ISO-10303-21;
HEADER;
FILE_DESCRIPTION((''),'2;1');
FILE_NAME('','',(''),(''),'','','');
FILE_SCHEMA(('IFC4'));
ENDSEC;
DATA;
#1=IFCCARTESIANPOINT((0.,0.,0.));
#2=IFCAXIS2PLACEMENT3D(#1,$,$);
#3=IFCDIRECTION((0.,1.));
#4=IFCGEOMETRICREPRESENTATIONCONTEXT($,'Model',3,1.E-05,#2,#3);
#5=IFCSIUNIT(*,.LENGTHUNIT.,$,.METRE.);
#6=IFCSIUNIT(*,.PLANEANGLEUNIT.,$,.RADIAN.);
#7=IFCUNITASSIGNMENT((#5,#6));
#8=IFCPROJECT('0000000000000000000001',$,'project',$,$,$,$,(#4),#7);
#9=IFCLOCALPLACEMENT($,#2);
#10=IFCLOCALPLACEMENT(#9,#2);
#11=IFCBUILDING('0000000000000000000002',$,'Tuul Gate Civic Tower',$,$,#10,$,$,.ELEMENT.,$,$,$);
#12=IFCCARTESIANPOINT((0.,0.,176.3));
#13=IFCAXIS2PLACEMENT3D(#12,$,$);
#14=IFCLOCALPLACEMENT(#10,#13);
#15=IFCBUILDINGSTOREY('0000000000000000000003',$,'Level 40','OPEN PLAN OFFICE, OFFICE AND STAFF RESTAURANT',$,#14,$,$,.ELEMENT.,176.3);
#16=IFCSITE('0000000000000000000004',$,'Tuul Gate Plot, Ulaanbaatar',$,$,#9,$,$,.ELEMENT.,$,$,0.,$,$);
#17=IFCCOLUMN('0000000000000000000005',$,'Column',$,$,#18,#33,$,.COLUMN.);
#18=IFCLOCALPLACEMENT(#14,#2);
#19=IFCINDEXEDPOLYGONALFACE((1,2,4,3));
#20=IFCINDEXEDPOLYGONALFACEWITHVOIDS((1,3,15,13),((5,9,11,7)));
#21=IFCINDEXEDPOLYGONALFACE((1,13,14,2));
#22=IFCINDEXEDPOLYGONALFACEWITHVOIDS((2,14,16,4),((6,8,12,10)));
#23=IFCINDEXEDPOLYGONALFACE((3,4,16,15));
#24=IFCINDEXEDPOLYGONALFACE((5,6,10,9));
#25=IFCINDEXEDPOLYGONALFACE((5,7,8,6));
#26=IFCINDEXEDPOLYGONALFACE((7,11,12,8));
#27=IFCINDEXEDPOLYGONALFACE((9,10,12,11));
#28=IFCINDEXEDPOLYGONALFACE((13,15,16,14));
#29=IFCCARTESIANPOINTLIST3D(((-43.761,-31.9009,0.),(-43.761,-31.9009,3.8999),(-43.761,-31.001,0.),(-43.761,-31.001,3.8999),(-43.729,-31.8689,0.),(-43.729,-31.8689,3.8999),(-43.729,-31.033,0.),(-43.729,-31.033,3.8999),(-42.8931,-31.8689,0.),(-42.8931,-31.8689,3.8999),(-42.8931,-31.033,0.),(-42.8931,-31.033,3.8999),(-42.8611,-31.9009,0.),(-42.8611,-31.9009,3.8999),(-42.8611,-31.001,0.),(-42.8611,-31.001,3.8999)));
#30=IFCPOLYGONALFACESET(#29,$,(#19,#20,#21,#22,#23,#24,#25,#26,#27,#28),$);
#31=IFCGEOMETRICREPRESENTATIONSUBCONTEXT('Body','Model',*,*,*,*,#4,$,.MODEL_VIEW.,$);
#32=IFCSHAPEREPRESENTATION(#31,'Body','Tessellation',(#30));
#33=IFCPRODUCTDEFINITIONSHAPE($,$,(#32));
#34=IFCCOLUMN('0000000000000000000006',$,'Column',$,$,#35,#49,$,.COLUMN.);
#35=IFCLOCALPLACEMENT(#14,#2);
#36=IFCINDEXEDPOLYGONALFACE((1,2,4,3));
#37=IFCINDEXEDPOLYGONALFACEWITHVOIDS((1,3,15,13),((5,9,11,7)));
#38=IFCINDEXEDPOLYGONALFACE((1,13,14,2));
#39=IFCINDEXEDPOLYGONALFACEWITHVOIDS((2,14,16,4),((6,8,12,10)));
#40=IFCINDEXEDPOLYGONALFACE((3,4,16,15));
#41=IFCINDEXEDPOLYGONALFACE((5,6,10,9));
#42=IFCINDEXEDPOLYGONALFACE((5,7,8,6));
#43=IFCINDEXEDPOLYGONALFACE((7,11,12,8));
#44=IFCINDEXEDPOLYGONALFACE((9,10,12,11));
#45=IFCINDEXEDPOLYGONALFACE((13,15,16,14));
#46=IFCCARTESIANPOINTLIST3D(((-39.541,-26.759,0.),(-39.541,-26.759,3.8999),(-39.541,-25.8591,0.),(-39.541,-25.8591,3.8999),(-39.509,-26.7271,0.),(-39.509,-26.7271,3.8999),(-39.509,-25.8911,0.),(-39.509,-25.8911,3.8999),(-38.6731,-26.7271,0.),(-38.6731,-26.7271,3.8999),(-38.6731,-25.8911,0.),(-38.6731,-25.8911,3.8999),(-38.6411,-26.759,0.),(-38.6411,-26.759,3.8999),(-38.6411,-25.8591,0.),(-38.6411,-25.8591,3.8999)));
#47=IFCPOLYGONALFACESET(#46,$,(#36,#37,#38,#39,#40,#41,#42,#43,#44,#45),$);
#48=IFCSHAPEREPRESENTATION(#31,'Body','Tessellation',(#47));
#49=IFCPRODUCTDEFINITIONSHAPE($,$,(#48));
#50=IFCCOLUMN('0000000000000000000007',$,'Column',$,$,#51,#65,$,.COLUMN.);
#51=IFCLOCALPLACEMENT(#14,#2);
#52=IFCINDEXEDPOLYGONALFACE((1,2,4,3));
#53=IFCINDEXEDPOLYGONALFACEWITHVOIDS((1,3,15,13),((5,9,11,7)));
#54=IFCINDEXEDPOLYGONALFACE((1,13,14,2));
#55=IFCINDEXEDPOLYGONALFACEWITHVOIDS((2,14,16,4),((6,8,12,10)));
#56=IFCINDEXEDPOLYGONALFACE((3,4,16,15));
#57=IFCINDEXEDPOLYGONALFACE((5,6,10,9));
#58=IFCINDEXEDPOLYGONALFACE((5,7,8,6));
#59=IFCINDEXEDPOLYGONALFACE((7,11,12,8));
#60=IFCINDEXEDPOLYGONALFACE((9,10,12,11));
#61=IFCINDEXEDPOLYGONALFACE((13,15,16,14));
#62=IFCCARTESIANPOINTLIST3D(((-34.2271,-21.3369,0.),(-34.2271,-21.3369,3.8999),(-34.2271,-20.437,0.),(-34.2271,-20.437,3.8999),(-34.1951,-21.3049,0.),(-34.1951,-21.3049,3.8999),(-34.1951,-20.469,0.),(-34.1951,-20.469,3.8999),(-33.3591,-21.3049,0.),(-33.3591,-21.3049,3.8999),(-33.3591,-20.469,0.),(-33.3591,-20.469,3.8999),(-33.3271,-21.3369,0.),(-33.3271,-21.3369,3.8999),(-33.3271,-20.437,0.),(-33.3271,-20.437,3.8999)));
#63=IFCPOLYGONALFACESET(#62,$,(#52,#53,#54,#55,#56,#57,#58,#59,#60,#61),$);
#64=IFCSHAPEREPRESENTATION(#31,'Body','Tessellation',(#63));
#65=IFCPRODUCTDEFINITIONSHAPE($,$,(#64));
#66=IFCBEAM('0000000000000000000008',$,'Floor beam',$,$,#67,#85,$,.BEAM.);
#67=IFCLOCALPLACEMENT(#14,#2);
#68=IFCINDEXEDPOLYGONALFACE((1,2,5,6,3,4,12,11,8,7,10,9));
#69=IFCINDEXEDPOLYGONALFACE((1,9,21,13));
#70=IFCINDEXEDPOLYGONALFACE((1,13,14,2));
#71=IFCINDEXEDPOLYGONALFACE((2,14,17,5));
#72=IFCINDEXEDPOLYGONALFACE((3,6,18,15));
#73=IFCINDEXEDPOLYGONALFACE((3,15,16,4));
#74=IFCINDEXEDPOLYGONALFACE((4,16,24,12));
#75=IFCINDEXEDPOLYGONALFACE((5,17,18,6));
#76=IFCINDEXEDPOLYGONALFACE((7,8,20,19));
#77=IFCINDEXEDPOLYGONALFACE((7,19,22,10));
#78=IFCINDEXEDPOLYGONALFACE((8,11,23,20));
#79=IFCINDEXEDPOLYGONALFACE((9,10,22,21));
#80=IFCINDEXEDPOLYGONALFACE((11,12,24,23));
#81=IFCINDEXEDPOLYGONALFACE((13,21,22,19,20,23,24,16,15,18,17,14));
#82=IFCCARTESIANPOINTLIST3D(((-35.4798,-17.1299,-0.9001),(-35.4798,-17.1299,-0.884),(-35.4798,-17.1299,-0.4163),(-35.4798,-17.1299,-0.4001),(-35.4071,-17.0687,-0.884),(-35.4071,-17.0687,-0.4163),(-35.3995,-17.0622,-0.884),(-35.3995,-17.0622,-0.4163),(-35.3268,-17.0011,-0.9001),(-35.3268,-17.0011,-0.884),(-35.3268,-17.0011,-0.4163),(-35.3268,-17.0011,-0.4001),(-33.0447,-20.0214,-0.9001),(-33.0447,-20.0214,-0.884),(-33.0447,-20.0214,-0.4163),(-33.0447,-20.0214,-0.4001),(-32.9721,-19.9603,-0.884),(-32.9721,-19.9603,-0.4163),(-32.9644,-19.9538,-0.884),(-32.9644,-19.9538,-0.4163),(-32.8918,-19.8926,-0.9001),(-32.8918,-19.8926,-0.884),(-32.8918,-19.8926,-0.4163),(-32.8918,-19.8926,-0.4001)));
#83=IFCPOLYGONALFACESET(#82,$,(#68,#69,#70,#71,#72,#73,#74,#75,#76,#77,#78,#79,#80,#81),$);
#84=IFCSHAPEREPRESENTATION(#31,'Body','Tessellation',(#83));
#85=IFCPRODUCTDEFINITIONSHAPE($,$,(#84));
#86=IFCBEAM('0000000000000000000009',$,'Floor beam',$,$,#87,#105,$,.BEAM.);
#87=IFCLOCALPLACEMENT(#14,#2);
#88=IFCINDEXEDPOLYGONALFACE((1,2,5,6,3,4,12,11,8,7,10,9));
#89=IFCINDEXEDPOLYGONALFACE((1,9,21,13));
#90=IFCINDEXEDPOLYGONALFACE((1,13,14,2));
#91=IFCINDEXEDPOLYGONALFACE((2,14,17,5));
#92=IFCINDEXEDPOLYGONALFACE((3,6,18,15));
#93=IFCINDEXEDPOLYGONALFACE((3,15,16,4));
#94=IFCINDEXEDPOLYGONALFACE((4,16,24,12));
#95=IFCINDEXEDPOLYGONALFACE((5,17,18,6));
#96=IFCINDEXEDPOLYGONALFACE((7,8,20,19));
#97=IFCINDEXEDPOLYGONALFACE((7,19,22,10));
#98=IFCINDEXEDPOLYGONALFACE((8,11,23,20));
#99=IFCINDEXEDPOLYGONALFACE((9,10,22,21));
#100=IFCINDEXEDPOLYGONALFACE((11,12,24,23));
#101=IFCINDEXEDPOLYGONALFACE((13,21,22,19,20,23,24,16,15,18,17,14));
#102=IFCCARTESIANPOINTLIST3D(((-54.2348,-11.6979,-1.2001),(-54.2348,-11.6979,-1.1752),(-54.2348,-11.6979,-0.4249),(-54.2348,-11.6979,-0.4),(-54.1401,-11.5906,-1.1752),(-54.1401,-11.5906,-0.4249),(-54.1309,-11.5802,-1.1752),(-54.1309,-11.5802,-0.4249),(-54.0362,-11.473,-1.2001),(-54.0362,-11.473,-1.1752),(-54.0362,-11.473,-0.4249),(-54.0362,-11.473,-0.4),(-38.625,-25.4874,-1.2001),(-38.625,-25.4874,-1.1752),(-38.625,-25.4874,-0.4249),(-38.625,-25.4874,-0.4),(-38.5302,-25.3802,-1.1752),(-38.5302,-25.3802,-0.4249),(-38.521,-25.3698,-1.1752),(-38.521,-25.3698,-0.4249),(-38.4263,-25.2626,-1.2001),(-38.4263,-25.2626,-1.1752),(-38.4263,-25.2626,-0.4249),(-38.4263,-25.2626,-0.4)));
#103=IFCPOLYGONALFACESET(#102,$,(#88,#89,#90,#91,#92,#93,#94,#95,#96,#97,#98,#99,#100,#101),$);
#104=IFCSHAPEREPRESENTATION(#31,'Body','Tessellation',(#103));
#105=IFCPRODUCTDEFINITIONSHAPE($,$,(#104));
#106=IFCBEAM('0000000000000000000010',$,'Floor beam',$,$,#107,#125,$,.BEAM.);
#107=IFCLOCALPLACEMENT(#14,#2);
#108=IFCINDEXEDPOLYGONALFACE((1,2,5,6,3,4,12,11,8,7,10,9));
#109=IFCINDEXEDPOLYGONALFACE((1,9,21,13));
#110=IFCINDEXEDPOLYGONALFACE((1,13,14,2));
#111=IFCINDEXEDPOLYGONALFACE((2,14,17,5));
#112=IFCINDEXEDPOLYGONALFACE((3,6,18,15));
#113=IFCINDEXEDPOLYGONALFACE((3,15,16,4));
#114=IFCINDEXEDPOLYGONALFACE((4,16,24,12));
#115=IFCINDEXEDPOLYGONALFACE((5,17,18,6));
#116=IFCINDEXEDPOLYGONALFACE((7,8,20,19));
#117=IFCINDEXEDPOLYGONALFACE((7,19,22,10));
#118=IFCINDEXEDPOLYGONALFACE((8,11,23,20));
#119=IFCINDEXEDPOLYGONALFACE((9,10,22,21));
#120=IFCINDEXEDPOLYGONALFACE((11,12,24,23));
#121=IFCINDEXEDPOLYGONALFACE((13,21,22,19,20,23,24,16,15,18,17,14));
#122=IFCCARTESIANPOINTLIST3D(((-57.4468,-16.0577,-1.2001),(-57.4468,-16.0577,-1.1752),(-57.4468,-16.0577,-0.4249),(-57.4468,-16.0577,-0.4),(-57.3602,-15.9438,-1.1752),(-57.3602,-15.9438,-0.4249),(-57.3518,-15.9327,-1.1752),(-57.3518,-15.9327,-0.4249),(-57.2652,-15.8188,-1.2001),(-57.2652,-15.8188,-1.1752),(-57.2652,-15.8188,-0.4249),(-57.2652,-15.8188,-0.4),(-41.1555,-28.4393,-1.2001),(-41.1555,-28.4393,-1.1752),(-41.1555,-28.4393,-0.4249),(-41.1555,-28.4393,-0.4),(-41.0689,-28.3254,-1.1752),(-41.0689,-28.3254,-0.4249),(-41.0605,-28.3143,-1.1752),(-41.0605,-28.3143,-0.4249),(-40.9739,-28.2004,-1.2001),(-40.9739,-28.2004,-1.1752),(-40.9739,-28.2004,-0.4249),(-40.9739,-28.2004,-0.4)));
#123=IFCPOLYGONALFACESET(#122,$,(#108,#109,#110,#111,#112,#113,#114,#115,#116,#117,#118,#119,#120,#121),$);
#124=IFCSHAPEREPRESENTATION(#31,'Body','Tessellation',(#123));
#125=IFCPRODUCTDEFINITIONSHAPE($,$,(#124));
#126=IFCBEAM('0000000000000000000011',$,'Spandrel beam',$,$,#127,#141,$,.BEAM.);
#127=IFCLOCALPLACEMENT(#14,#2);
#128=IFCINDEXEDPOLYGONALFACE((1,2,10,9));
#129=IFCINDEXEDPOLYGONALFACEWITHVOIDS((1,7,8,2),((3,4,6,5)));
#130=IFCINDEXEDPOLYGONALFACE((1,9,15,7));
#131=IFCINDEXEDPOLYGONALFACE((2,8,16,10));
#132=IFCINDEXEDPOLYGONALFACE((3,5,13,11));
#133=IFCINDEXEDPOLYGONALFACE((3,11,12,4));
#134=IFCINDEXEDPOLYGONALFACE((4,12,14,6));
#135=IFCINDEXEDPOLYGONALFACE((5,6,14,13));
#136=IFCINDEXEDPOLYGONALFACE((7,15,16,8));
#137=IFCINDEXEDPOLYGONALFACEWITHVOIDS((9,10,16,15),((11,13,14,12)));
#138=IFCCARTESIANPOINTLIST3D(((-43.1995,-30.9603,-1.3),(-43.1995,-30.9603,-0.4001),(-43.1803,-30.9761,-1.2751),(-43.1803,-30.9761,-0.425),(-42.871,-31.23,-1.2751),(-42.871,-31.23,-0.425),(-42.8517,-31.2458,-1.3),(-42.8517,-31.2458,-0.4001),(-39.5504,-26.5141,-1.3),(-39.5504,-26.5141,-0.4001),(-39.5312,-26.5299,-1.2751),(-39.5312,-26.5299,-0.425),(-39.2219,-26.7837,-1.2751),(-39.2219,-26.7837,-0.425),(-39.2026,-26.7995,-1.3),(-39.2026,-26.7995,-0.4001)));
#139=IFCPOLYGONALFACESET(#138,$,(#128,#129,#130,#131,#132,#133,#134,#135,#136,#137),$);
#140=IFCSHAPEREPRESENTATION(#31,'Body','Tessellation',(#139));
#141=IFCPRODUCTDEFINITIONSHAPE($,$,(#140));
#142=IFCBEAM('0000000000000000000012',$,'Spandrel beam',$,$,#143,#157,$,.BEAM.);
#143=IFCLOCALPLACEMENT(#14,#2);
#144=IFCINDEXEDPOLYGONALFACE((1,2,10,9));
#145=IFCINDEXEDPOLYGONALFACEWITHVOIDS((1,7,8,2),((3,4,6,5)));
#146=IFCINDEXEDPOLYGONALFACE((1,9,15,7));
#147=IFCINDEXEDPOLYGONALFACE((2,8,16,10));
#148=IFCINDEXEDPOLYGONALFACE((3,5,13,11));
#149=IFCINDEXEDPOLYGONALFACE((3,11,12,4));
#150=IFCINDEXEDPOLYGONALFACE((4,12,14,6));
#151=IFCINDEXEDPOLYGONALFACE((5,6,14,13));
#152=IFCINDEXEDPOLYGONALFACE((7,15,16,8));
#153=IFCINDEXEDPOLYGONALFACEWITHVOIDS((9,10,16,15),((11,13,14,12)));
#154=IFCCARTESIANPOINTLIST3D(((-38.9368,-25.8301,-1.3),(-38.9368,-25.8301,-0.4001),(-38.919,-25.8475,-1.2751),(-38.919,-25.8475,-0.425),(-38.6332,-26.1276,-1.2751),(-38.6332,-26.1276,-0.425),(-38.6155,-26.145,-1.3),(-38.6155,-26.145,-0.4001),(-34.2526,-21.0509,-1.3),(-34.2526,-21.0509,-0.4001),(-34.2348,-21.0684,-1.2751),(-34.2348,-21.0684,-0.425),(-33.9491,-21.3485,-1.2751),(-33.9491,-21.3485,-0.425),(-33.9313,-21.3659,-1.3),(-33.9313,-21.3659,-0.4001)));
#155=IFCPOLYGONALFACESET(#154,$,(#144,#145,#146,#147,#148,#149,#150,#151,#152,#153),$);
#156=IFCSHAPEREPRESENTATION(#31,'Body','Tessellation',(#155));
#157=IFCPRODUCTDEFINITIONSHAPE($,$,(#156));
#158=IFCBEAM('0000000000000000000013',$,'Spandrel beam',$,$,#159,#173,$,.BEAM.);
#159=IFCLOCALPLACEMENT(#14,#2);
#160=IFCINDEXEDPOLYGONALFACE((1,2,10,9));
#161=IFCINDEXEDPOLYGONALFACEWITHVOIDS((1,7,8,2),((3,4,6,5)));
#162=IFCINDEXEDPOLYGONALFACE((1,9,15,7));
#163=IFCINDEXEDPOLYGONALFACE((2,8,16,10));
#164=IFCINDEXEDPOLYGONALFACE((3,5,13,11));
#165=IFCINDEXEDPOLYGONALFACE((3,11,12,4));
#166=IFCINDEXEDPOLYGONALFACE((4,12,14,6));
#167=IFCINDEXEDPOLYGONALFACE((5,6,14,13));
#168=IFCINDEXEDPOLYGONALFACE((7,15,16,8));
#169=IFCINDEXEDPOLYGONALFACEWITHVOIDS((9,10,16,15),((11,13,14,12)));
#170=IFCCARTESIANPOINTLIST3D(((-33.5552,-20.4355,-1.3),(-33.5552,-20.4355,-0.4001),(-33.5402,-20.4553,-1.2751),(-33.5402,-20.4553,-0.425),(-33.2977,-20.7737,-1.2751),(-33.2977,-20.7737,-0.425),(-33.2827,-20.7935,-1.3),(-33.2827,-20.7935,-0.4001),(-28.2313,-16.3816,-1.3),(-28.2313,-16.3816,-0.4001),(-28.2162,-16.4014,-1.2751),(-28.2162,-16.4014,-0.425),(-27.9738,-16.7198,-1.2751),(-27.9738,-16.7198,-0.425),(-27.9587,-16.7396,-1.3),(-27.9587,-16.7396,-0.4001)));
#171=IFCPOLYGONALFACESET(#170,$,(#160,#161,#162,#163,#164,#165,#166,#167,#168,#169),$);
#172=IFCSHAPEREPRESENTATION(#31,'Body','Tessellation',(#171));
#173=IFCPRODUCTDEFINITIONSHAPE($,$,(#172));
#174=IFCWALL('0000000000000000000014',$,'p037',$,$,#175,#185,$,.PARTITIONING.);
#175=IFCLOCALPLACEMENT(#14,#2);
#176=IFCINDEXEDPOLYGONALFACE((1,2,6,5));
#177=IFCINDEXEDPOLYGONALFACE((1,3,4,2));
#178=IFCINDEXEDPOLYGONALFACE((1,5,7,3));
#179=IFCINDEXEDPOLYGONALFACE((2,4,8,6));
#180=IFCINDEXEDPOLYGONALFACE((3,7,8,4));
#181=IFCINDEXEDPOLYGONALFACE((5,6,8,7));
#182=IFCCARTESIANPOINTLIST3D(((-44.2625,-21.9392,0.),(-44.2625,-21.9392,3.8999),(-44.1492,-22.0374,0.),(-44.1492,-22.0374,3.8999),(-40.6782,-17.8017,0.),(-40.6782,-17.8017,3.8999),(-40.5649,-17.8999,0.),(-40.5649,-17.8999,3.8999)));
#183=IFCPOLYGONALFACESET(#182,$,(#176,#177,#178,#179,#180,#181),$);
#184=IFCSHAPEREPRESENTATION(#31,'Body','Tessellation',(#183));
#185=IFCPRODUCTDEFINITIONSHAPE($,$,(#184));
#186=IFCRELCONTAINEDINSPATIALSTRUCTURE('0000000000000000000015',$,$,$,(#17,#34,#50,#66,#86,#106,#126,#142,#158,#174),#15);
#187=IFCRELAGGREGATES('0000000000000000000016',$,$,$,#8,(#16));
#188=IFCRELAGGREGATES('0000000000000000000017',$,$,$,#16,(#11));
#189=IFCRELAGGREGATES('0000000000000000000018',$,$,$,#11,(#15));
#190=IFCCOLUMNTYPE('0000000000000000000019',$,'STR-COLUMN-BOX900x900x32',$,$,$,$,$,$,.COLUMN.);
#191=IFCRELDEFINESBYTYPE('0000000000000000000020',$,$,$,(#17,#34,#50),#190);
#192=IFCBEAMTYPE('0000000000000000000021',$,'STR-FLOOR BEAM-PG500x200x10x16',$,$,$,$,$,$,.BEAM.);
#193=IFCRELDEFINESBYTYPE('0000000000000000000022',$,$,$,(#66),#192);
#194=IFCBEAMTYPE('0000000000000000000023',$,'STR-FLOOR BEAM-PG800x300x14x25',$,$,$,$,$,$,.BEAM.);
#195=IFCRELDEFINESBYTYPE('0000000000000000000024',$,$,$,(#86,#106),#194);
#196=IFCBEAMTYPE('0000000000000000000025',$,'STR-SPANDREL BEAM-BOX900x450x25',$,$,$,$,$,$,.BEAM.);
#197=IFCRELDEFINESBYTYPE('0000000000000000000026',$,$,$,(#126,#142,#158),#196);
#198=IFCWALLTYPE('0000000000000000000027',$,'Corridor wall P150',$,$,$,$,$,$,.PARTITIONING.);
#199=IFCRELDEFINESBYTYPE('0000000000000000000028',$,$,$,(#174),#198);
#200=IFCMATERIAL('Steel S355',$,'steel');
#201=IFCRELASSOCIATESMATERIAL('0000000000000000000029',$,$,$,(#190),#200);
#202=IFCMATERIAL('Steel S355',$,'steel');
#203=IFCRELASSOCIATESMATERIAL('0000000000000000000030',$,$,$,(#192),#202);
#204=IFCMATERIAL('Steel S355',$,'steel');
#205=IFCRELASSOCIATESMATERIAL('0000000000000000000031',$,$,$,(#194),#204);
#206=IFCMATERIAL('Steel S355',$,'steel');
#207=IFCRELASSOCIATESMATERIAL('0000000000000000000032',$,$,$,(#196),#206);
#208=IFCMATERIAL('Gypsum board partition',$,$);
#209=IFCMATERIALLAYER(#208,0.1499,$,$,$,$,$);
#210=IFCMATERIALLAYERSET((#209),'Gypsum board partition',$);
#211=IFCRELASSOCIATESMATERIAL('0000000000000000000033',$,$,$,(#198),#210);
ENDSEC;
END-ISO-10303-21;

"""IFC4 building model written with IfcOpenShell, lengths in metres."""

from ifc_helpers import new_model, si_unit, direction, frame, frame_2d, origin, origin_2d, place, context, subcontext, project, spatial, rectangle, hollow_rectangle, i_section, extrude, material, layer, layer_set, material_profile, profile_set, type_object, element, save


model = new_model("IFC4")

# Units and contexts
model_context = context("Model", 3, precision=1e-05, world=origin(), true_north=direction((0.0, 1.0)))
body_context = subcontext(model_context, "Body", "Model", "MODEL_VIEW")
ifc_project = project(units=[si_unit("LENGTHUNIT", "METRE"), si_unit("PLANEANGLEUNIT", "RADIAN")], contexts=[model_context])

# Site, building, storey
site_placement = place(None, origin())
site = spatial("IfcSite", under=ifc_project, at=site_placement, Name="Tuul Gate Plot, Ulaanbaatar", CompositionType="ELEMENT", RefElevation=0.0)
building_placement = place(site_placement, origin())
building = spatial("IfcBuilding", under=site, at=building_placement, Name="Tuul Gate Civic Tower", CompositionType="ELEMENT")
storey_placement = place(building_placement, frame((0.0, 0.0, 176.3)))
storey = spatial("IfcBuildingStorey", under=building, at=storey_placement, Name="Level 40", Description="OPEN PLAN OFFICE, OFFICE AND STAFF RESTAURANT", CompositionType="ELEMENT", Elevation=176.3)

# Columns
ifc_material_1 = material(Name="Steel S355", Category="steel")
ifc_material_profile_1 = material_profile(ifc_material_1, hollow_rectangle(XDim=0.8999, YDim=0.8999, WallThickness=0.032, at=origin_2d()), Name="BOX900x900x32")
ifc_profile_set_1 = profile_set([ifc_material_profile_1], Name="Steel S355")
column_type = type_object("IfcColumnType", Name="STR-COLUMN-BOX900x900x32", PredefinedType="COLUMN", material=ifc_profile_set_1)
for number, where, z_axis, x_axis, name in (
    (1, (-43.311, -31.4509, 0.0), (0.0, 0.0, 1.0), (1.0, 0.0, 0.0), "Column"),
    (2, (-39.0911, -26.3091, 0.0), (0.0, 0.0, 1.0), (1.0, 0.0, 0.0), "Column"),
    (3, (-33.7771, -20.887, 0.0), (0.0, 0.0, 1.0), (1.0, 0.0, 0.0), "Column"),
):
    element("IfcColumn", number, at=place(storey_placement, frame(where, z_axis=z_axis, x_axis=x_axis)), inside=storey, type_object=column_type, Name=name, PredefinedType="COLUMN", context=body_context, shape_type="SweptSolid", body=[
        extrude(hollow_rectangle(XDim=0.8999, YDim=0.8999, WallThickness=0.032, at=origin_2d()), origin(), (0.0, 0.0, 1.0), 3.8999),
    ])

# Beams
ifc_material_2 = material(Name="Steel S355", Category="steel")
ifc_material_profile_2 = material_profile(ifc_material_2, i_section(OverallWidth=0.2, OverallDepth=0.5, WebThickness=0.01, FlangeThickness=0.0161, at=origin_2d()), Name="PG500x200x10x16")
ifc_profile_set_2 = profile_set([ifc_material_profile_2], Name="Steel S355")
beam_type_1 = type_object("IfcBeamType", Name="STR-FLOOR BEAM-PG500x200x10x16", PredefinedType="BEAM", material=ifc_profile_set_2)
beam_1_placement = place(storey_placement, frame((-32.9683, -19.957, -0.6501), z_axis=(-0.64414, 0.764908, 0.0), x_axis=(-0.764908, -0.64414, 0.0)))
element("IfcBeam", 4, at=beam_1_placement, inside=storey, type_object=beam_type_1, Name="Floor beam", PredefinedType="BEAM", context=body_context, shape_type="SweptSolid", body=[
    extrude(i_section(OverallWidth=0.2, OverallDepth=0.5, WebThickness=0.01, FlangeThickness=0.0161, at=origin_2d()), origin(), (0.0, 0.0, 1.0), 3.7803),
])
ifc_material_3 = material(Name="Steel S355", Category="steel")
ifc_material_profile_3 = material_profile(ifc_material_3, i_section(OverallWidth=0.3, OverallDepth=0.8, WebThickness=0.0139, FlangeThickness=0.0249, at=origin_2d()), Name="PG800x300x14x25")
ifc_profile_set_3 = profile_set([ifc_material_profile_3], Name="Steel S355")
beam_type_2 = type_object("IfcBeamType", Name="STR-FLOOR BEAM-PG800x300x14x25", PredefinedType="BEAM", material=ifc_profile_set_3)
beam_2_placement = place(storey_placement, frame((-38.5256, -25.375, -0.8), z_axis=(-0.749453, 0.662057, 0.0), x_axis=(-0.662057, -0.749453, 0.0)))
element("IfcBeam", 5, at=beam_2_placement, inside=storey, type_object=beam_type_2, Name="Floor beam", PredefinedType="BEAM", context=body_context, shape_type="SweptSolid", body=[
    extrude(i_section(OverallWidth=0.3, OverallDepth=0.8, WebThickness=0.0139, FlangeThickness=0.0249, at=origin_2d()), origin(), (0.0, 0.0, 1.0), 20.8284),
])
beam_3_placement = place(storey_placement, frame((-41.0647, -28.3198, -0.8), z_axis=(-0.796157, 0.605091, 0.0), x_axis=(-0.605091, -0.796157, 0.0)))
element("IfcBeam", 6, at=beam_3_placement, inside=storey, type_object=beam_type_2, Name="Floor beam", PredefinedType="BEAM", context=body_context, shape_type="SweptSolid", body=[
    extrude(i_section(OverallWidth=0.3, OverallDepth=0.8, WebThickness=0.0139, FlangeThickness=0.0249, at=origin_2d()), origin(), (0.0, 0.0, 1.0), 20.4624),
])
ifc_material_4 = material(Name="Steel S355", Category="steel")
ifc_material_profile_4 = material_profile(ifc_material_4, hollow_rectangle(XDim=0.45, YDim=0.8999, WallThickness=0.0249, at=origin_2d()), Name="BOX900x450x25")
ifc_profile_set_4 = profile_set([ifc_material_profile_4], Name="Steel S355")
beam_type_3 = type_object("IfcBeamType", Name="STR-SPANDREL BEAM-BOX900x450x25", PredefinedType="BEAM", material=ifc_profile_set_4)
beam_4_placement = place(storey_placement, frame((-43.0256, -31.103, -0.8501), z_axis=(0.634414, 0.772994, 0.0), x_axis=(-0.772994, 0.634414, 0.0)))
element("IfcBeam", 7, at=beam_4_placement, inside=storey, type_object=beam_type_3, Name="Spandrel beam", PredefinedType="BEAM", context=body_context, shape_type="SweptSolid", body=[
    extrude(hollow_rectangle(XDim=0.45, YDim=0.8999, WallThickness=0.0249, at=origin_2d()), origin(), (0.0, 0.0, 1.0), 5.752),
])
beam_5_placement = place(storey_placement, frame((-38.7761, -25.9875, -0.8501), z_axis=(0.699975, 0.714167, 0.0), x_axis=(-0.714167, 0.699975, 0.0)))
element("IfcBeam", 8, at=beam_5_placement, inside=storey, type_object=beam_type_3, Name="Spandrel beam", PredefinedType="BEAM", context=body_context, shape_type="SweptSolid", body=[
    extrude(hollow_rectangle(XDim=0.45, YDim=0.8999, WallThickness=0.0249, at=origin_2d()), origin(), (0.0, 0.0, 1.0), 6.6919),
])
beam_6_placement = place(storey_placement, frame((-33.4189, -20.6145, -0.8501), z_axis=(0.795605, 0.605816, 0.0), x_axis=(-0.605816, 0.795605, 0.0)))
element("IfcBeam", 9, at=beam_6_placement, inside=storey, type_object=beam_type_3, Name="Spandrel beam", PredefinedType="BEAM", context=body_context, shape_type="SweptSolid", body=[
    extrude(hollow_rectangle(XDim=0.45, YDim=0.8999, WallThickness=0.0249, at=origin_2d()), origin(), (0.0, 0.0, 1.0), 6.6917),
])

# Wall
ifc_material_5 = material(Name="Gypsum board partition")
ifc_layer_1 = layer(ifc_material_5, 0.1499)
ifc_layer_set_1 = layer_set([ifc_layer_1], Name="Gypsum board partition")
wall_type_1 = type_object("IfcWallType", Name="Corridor wall P150", PredefinedType="PARTITIONING", material=ifc_layer_set_1)
wall_1_placement = place(storey_placement, frame((-44.2058, -21.9883, 0.0), z_axis=(0.0, 0.0, 1.0), x_axis=(0.654768, 0.75583, 0.0)))
element("IfcWall", 10, at=wall_1_placement, inside=storey, type_object=wall_type_1, Name="p037", PredefinedType="PARTITIONING", context=body_context, shape_type="SweptSolid", body=[
    extrude(rectangle(XDim=5.4741, YDim=0.1499, at=frame_2d((2.7371, 0.0))), origin(), (0.0, 0.0, 1.0), 3.8999),
])

save(model, "model.ifc")
